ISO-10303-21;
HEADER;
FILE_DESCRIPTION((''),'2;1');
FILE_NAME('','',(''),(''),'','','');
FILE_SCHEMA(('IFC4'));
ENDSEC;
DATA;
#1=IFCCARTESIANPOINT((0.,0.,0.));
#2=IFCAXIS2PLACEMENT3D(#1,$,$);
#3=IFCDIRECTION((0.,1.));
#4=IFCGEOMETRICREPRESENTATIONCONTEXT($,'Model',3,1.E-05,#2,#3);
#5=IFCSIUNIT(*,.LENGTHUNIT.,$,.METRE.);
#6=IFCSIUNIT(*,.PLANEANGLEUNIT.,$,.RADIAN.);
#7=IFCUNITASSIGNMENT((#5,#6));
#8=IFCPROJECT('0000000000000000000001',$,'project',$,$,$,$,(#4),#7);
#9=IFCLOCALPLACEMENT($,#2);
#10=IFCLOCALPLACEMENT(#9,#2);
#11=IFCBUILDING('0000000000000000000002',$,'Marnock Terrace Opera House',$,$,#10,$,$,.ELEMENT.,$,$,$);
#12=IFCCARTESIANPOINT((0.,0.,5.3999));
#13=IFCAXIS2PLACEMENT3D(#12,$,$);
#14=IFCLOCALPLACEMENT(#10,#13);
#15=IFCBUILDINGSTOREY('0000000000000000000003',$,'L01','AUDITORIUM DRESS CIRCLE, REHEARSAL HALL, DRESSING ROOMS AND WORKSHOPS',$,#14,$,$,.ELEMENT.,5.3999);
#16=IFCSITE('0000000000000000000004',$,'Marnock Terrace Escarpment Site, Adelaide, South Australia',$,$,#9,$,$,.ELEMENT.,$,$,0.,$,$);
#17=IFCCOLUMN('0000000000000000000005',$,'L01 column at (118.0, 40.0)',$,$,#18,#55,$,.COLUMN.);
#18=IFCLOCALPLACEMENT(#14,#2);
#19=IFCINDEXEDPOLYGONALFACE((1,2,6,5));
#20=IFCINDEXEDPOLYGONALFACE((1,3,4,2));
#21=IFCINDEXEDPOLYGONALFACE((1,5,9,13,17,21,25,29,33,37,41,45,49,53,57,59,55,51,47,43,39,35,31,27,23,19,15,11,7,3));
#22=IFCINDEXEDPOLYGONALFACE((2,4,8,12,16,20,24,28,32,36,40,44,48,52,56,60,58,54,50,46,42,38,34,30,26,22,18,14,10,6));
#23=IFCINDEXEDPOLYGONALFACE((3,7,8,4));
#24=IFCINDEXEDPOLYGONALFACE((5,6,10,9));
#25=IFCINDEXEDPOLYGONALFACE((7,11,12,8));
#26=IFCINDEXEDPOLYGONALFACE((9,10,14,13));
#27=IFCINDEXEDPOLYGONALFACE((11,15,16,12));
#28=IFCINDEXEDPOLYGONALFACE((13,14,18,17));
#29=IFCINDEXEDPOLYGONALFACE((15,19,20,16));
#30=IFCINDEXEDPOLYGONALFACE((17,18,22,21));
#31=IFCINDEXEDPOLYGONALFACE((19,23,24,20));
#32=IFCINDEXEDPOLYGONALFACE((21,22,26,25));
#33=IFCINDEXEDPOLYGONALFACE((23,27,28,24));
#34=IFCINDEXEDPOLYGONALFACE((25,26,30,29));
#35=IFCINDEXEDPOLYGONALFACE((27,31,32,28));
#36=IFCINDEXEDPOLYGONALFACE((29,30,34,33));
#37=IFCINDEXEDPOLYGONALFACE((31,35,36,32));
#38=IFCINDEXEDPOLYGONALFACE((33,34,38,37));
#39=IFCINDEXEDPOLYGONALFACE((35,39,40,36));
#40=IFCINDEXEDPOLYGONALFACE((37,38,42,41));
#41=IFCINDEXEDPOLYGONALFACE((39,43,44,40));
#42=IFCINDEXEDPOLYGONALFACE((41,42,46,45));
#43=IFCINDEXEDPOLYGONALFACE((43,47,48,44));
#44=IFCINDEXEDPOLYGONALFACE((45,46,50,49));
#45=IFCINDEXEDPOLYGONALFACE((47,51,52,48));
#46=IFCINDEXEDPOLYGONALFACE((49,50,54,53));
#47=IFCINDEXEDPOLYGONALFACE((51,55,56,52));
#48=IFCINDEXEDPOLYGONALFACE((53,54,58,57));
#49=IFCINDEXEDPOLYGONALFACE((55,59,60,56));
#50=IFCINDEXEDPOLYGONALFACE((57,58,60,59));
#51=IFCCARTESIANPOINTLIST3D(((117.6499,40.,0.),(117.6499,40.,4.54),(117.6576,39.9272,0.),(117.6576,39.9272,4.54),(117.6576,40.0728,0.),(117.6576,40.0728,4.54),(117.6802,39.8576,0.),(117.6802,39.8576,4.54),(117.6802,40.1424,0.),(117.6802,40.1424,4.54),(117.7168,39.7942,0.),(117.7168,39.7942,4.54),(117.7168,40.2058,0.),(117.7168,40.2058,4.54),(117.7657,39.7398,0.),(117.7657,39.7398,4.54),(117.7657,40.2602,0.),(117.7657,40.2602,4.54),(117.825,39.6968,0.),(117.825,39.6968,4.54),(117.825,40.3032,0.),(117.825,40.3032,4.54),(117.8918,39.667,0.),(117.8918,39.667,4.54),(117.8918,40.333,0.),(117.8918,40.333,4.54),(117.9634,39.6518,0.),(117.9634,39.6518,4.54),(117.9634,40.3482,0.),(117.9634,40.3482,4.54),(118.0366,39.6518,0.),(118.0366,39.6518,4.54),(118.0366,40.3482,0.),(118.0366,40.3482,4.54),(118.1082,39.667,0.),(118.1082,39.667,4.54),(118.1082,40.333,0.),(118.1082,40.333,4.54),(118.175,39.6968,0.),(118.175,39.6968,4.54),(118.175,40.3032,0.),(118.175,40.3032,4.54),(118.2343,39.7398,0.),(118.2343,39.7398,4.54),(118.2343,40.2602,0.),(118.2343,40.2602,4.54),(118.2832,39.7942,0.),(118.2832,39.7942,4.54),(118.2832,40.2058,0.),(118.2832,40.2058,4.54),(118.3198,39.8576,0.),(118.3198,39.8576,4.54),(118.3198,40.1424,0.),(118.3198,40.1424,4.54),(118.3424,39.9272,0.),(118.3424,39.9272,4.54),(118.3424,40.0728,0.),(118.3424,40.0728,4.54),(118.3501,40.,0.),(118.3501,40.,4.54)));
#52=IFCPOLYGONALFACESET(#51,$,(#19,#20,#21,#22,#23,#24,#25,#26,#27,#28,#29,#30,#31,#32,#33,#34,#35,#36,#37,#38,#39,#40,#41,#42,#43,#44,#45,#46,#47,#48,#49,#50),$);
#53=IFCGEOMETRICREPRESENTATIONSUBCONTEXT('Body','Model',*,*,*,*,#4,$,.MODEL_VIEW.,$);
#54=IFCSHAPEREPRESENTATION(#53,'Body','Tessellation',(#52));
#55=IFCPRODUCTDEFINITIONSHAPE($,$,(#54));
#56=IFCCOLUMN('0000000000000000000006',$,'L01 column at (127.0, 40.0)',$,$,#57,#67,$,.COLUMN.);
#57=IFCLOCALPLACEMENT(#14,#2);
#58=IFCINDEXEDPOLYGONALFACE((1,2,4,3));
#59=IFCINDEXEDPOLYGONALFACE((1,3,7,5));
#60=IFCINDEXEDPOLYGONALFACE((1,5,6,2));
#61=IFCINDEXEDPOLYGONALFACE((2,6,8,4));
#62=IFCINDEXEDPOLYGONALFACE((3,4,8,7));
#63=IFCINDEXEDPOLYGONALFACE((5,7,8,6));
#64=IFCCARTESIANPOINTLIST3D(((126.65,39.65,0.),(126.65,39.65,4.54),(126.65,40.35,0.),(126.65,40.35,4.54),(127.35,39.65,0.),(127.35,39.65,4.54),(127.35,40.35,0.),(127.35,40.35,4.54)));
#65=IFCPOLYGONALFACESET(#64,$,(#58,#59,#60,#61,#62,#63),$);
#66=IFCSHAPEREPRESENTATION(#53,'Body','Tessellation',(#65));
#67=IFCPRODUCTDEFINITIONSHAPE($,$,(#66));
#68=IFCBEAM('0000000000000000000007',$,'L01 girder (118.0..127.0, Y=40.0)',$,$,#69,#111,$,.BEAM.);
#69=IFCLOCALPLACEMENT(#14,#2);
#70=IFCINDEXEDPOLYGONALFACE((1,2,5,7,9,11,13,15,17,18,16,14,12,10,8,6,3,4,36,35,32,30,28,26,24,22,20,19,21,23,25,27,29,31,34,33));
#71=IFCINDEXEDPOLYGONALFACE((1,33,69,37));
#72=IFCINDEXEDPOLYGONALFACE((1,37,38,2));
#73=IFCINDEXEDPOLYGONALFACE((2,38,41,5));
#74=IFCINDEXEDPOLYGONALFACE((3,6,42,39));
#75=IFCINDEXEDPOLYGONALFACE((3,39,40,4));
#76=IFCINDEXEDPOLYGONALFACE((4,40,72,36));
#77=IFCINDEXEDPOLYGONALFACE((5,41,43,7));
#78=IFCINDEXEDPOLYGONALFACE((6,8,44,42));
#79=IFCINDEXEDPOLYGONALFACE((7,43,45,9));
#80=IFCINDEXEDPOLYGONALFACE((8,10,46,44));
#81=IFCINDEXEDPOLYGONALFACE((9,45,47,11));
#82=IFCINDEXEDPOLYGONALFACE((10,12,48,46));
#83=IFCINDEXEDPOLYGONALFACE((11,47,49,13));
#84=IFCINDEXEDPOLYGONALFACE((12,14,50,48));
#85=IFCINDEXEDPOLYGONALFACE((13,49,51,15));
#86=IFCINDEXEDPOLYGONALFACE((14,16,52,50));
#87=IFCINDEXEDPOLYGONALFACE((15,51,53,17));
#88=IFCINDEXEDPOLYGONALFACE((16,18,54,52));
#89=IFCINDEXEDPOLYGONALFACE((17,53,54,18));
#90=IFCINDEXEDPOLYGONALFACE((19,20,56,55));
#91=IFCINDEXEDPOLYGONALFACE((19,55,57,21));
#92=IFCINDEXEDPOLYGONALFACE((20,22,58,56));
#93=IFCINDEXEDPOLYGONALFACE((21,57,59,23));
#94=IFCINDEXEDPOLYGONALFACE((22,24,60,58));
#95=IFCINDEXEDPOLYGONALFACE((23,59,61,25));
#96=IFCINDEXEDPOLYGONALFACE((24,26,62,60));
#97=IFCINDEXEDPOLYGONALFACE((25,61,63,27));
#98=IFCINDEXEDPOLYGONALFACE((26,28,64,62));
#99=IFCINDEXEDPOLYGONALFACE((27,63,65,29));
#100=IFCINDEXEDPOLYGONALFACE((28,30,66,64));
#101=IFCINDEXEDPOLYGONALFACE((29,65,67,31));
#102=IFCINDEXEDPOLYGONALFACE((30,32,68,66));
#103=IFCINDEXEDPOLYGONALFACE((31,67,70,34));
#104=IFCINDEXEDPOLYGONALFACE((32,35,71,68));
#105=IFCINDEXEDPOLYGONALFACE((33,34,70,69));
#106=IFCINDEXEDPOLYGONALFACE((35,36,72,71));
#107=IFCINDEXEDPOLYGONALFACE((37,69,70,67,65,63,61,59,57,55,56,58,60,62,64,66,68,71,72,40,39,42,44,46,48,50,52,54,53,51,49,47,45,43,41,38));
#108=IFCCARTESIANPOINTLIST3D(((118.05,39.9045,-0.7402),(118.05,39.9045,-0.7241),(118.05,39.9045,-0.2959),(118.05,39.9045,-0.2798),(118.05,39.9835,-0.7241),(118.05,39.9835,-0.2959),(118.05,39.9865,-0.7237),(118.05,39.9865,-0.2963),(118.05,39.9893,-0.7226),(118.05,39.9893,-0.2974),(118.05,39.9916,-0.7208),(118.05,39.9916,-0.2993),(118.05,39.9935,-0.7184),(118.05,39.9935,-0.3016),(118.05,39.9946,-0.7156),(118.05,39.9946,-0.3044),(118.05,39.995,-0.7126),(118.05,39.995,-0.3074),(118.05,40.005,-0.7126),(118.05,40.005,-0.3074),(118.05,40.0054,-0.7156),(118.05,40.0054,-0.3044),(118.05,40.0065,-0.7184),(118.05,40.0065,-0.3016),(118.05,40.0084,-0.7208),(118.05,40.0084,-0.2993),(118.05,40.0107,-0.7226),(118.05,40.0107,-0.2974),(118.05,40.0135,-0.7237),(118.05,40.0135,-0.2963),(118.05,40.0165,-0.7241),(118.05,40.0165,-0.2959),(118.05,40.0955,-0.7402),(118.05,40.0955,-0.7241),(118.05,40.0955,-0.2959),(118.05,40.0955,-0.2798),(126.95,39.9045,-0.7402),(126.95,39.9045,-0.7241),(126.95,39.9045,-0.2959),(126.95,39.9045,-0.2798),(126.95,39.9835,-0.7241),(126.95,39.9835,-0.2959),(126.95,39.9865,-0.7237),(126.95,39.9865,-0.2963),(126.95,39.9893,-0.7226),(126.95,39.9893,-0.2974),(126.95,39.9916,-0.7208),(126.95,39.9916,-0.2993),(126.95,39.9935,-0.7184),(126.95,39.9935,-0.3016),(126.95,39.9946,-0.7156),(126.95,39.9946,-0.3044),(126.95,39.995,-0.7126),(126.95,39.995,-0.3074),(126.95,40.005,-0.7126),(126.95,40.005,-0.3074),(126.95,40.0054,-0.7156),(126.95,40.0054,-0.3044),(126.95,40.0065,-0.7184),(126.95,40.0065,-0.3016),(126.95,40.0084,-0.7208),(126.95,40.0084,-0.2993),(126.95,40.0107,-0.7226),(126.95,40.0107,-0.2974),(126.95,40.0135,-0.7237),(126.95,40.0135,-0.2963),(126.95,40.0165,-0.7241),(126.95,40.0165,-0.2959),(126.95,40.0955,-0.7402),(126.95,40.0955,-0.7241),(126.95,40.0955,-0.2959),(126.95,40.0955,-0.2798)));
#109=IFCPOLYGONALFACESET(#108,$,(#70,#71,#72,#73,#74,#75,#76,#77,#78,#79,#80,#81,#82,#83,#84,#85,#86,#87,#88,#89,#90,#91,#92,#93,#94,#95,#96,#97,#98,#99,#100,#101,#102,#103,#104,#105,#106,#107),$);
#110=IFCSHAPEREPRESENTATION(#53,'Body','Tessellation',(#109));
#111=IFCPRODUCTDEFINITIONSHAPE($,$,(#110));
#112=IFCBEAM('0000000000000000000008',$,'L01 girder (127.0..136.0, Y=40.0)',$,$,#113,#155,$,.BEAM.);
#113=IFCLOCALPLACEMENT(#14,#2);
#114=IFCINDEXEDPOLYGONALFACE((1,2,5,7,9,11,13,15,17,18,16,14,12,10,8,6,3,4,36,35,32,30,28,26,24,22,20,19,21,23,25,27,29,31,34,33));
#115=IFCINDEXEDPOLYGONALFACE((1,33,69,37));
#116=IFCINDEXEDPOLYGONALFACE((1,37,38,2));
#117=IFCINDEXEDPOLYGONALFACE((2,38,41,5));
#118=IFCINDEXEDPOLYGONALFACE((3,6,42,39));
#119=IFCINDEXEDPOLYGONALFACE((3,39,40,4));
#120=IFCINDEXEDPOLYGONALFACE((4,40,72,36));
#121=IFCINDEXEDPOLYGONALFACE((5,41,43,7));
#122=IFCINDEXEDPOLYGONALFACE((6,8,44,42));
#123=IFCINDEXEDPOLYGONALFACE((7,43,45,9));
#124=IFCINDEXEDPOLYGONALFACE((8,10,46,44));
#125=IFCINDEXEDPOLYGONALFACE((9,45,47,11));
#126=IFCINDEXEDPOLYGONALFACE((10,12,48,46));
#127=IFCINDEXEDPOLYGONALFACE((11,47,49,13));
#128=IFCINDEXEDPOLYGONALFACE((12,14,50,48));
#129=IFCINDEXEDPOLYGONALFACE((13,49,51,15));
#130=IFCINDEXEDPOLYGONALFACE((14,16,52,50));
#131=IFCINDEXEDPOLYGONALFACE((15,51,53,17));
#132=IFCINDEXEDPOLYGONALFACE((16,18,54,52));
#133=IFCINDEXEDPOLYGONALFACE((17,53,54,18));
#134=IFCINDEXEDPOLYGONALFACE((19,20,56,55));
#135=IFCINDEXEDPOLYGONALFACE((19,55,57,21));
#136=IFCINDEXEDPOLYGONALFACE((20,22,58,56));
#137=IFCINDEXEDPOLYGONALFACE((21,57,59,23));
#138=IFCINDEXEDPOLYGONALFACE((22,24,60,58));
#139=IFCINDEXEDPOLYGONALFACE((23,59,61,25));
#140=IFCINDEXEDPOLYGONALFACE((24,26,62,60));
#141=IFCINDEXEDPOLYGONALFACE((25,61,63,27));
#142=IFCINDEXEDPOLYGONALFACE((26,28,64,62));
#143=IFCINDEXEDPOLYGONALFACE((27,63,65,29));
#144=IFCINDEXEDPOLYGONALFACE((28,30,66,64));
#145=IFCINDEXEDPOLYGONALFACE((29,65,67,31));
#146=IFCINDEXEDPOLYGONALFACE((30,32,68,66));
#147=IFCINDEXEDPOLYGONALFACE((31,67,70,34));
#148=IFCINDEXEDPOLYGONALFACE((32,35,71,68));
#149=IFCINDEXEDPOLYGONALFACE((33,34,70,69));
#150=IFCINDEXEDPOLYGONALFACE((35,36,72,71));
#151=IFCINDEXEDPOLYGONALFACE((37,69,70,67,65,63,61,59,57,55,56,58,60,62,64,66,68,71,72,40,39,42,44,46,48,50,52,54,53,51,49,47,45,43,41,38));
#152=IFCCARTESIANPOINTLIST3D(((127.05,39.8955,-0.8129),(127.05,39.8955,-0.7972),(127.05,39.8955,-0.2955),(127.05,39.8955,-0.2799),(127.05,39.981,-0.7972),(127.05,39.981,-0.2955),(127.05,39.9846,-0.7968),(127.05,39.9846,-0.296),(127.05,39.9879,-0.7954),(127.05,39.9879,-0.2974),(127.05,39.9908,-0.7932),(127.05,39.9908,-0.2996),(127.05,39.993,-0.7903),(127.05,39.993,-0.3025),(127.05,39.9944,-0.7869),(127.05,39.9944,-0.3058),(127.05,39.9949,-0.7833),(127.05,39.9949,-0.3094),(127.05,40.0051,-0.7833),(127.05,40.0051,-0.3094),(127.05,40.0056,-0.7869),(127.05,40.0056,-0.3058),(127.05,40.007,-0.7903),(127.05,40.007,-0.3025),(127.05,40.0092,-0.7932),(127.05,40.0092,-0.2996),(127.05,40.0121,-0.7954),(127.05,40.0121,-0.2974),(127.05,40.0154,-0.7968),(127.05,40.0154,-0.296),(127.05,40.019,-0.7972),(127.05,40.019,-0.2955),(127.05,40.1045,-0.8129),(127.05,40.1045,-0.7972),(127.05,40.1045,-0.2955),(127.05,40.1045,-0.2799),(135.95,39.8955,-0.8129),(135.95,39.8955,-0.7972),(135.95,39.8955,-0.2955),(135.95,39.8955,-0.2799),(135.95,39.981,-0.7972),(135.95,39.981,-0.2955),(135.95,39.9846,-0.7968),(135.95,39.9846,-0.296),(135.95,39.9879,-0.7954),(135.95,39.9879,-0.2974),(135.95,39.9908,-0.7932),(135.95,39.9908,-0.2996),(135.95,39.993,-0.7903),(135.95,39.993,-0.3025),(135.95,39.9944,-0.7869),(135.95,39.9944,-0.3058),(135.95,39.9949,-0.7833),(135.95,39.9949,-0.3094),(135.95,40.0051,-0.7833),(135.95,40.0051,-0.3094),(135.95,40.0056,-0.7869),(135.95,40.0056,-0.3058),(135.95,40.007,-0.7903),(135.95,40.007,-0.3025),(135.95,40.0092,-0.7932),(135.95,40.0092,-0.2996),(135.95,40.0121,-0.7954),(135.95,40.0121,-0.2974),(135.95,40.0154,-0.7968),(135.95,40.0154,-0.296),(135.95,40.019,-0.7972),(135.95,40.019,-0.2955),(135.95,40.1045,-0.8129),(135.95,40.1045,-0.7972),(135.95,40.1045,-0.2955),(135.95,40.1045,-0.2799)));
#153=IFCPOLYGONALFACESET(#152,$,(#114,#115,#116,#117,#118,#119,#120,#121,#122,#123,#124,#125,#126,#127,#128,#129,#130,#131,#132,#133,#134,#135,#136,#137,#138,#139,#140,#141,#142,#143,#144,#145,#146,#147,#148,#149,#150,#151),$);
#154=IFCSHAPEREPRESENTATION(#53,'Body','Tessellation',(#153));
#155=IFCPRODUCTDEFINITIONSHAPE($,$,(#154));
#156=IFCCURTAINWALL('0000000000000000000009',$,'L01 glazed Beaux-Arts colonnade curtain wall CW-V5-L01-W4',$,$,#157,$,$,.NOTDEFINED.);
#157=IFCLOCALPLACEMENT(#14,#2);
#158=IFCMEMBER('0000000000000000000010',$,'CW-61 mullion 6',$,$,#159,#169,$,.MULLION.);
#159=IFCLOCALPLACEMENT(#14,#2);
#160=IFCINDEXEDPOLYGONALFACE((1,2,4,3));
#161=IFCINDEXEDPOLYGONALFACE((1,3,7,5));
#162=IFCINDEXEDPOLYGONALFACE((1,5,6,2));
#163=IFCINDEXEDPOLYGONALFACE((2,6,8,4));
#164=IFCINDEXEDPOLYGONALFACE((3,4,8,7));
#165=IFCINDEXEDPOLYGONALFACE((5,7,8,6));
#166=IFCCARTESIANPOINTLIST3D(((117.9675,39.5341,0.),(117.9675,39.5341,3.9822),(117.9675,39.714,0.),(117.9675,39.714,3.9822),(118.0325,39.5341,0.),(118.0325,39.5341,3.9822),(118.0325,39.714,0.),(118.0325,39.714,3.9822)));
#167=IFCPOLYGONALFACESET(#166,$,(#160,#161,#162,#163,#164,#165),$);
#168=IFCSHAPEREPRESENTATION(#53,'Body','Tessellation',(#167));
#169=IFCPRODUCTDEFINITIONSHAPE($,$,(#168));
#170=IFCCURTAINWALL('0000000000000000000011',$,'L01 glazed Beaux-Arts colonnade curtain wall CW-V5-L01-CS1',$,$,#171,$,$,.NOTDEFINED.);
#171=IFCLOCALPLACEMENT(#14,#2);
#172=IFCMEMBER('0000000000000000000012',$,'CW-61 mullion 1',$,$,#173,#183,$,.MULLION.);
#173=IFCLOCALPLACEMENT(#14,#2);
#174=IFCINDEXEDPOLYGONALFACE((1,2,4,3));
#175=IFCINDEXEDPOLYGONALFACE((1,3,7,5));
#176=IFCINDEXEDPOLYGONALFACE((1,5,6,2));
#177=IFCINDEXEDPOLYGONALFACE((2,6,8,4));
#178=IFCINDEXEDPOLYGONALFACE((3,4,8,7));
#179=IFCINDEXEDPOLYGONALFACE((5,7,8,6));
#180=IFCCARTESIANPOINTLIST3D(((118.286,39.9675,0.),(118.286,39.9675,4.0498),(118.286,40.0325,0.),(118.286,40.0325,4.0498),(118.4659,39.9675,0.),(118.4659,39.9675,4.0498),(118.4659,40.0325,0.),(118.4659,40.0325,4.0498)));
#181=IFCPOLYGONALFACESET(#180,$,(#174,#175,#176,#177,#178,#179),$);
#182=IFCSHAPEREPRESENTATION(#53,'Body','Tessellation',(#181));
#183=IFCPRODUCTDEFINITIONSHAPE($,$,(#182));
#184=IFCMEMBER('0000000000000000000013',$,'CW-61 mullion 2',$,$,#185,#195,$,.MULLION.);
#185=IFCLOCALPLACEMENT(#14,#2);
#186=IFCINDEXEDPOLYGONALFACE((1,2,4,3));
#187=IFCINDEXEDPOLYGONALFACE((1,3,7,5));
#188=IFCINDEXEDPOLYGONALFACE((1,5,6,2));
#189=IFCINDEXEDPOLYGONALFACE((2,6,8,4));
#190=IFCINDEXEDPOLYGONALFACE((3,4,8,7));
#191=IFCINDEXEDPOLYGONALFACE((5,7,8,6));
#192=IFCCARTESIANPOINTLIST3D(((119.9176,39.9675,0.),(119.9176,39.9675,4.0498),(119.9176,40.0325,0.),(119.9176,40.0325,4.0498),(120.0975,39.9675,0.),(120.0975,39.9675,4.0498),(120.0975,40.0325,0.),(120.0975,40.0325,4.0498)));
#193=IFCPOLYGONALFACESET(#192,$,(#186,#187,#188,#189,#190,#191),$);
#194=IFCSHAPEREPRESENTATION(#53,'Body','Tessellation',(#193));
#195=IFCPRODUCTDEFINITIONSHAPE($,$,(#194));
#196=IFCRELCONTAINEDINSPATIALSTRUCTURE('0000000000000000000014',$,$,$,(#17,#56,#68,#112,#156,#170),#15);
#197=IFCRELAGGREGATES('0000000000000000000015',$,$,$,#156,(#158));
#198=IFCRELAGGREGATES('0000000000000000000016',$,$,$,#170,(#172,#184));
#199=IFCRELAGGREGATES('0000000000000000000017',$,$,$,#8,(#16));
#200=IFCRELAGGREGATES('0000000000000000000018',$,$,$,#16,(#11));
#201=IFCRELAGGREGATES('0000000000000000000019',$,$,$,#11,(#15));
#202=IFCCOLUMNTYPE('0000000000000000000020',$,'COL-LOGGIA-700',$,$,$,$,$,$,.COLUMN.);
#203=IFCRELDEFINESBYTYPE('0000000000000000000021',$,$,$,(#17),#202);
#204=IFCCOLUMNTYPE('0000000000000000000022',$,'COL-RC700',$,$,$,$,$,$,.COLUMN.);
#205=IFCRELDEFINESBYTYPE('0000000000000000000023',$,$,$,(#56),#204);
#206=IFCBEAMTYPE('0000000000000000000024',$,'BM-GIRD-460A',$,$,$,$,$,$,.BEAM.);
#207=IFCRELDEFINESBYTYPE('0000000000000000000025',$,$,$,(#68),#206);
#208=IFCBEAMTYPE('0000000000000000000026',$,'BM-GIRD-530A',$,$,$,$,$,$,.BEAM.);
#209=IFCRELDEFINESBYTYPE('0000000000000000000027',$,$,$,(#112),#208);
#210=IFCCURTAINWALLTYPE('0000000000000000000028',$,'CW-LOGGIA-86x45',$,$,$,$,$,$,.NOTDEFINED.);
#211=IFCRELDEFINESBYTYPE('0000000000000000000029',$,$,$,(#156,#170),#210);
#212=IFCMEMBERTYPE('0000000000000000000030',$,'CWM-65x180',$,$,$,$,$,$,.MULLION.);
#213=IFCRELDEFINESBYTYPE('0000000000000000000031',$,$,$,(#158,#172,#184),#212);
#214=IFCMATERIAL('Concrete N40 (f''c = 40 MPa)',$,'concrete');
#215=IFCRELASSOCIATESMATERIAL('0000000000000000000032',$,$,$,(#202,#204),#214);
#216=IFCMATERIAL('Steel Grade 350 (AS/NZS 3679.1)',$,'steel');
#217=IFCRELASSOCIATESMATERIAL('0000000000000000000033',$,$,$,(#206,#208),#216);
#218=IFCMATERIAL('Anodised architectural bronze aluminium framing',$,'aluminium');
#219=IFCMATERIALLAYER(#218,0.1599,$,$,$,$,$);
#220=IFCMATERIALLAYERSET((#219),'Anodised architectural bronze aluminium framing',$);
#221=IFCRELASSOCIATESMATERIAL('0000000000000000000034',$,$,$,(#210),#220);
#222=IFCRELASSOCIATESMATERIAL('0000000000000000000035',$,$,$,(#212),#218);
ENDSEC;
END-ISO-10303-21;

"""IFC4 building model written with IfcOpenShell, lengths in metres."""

from ifc_helpers import new_model, si_unit, direction, frame, origin, origin_2d, place, context, subcontext, project, spatial, rectangle, circle, i_section, extrude, material, layer, layer_set, material_profile, profile_set, type_object, element, aggregate, save


model = new_model("IFC4")

# Units and contexts
model_context = context("Model", 3, precision=1e-05, world=origin(), true_north=direction((0.0, 1.0)))
body_context = subcontext(model_context, "Body", "Model", "MODEL_VIEW")
ifc_project = project(units=[si_unit("LENGTHUNIT", "METRE"), si_unit("PLANEANGLEUNIT", "RADIAN")], contexts=[model_context])

# Site, building, storey
site_placement = place(None, origin())
site = spatial("IfcSite", under=ifc_project, at=site_placement, Name="Marnock Terrace Escarpment Site, Adelaide, South Australia", CompositionType="ELEMENT", RefElevation=0.0)
building_placement = place(site_placement, origin())
building = spatial("IfcBuilding", under=site, at=building_placement, Name="Marnock Terrace Opera House", CompositionType="ELEMENT")
storey_placement = place(building_placement, frame((0.0, 0.0, 5.3999)))
storey = spatial("IfcBuildingStorey", under=building, at=storey_placement, Name="L01", Description="AUDITORIUM DRESS CIRCLE, REHEARSAL HALL, DRESSING ROOMS AND WORKSHOPS", CompositionType="ELEMENT", Elevation=5.3999)

# Columns
ifc_material_1 = material(Name="Concrete N40 (f'c = 40 MPa)", Category="concrete")
ifc_material_profile_1 = material_profile(ifc_material_1, circle(Radius=0.3501, at=origin_2d()))
ifc_profile_set_1 = profile_set([ifc_material_profile_1], Name="Concrete N40 (f'c = 40 MPa)")
column_type_1 = type_object("IfcColumnType", Name="COL-LOGGIA-700", PredefinedType="COLUMN", material=ifc_profile_set_1)
column_1_placement = place(storey_placement, frame((118.0, 40.0, 0.0), z_axis=(0.0, 0.0, 1.0), x_axis=(1.0, 0.0, 0.0)))
element("IfcColumn", 1, at=column_1_placement, inside=storey, type_object=column_type_1, Name="L01 column at (118.0, 40.0)", PredefinedType="COLUMN", context=body_context, shape_type="SweptSolid", body=[
    extrude(circle(Radius=0.3501, at=origin_2d()), origin(), (0.0, 0.0, 1.0), 4.54),
])
ifc_material_profile_2 = material_profile(ifc_material_1, rectangle(XDim=0.7, YDim=0.7, at=origin_2d()))
ifc_profile_set_2 = profile_set([ifc_material_profile_2], Name="Concrete N40 (f'c = 40 MPa)")
column_type_2 = type_object("IfcColumnType", Name="COL-RC700", PredefinedType="COLUMN", material=ifc_profile_set_2)
column_2_placement = place(storey_placement, frame((127.0, 40.0, 0.0), z_axis=(0.0, 0.0, 1.0), x_axis=(1.0, 0.0, 0.0)))
element("IfcColumn", 2, at=column_2_placement, inside=storey, type_object=column_type_2, Name="L01 column at (127.0, 40.0)", PredefinedType="COLUMN", context=body_context, shape_type="SweptSolid", body=[
    extrude(rectangle(XDim=0.7, YDim=0.7, at=origin_2d()), origin(), (0.0, 0.0, 1.0), 4.54),
])

# Beams
ifc_material_2 = material(Name="Steel Grade 350 (AS/NZS 3679.1)", Category="steel")
ifc_material_profile_3 = material_profile(ifc_material_2, i_section(OverallWidth=0.1909, OverallDepth=0.4604, WebThickness=0.01, FlangeThickness=0.0161, FilletRadius=0.0115, at=origin_2d()))
ifc_profile_set_3 = profile_set([ifc_material_profile_3], Name="Steel Grade 350 (AS/NZS 3679.1)")
beam_type_1 = type_object("IfcBeamType", Name="BM-GIRD-460A", PredefinedType="BEAM", material=ifc_profile_set_3)
beam_1_placement = place(storey_placement, frame((118.05, 40.0, -0.51), z_axis=(1.0, 0.0, 0.0), x_axis=(0.0, 1.0, 0.0)))
element("IfcBeam", 3, at=beam_1_placement, inside=storey, type_object=beam_type_1, Name="L01 girder (118.0..127.0, Y=40.0)", PredefinedType="BEAM", context=body_context, shape_type="SweptSolid", body=[
    extrude(i_section(OverallWidth=0.1909, OverallDepth=0.4604, WebThickness=0.01, FlangeThickness=0.0161, FilletRadius=0.0115, at=origin_2d()), origin(), (0.0, 0.0, 1.0), 8.8999),
])
ifc_material_profile_4 = material_profile(ifc_material_2, i_section(OverallWidth=0.209, OverallDepth=0.533, WebThickness=0.0103, FlangeThickness=0.0156, FilletRadius=0.0139, at=origin_2d()))
ifc_profile_set_4 = profile_set([ifc_material_profile_4], Name="Steel Grade 350 (AS/NZS 3679.1)")
beam_type_2 = type_object("IfcBeamType", Name="BM-GIRD-530A", PredefinedType="BEAM", material=ifc_profile_set_4)
beam_2_placement = place(storey_placement, frame((127.05, 40.0, -0.5464), z_axis=(1.0, 0.0, 0.0), x_axis=(0.0, 1.0, 0.0)))
element("IfcBeam", 4, at=beam_2_placement, inside=storey, type_object=beam_type_2, Name="L01 girder (127.0..136.0, Y=40.0)", PredefinedType="BEAM", context=body_context, shape_type="SweptSolid", body=[
    extrude(i_section(OverallWidth=0.209, OverallDepth=0.533, WebThickness=0.0103, FlangeThickness=0.0156, FilletRadius=0.0139, at=origin_2d()), origin(), (0.0, 0.0, 1.0), 8.8999),
])

# Curtain wall, member
ifc_material_3 = material(Name="Anodised architectural bronze aluminium framing", Category="aluminium")
ifc_layer_1 = layer(ifc_material_3, 0.1599)
ifc_layer_set_1 = layer_set([ifc_layer_1], Name="Anodised architectural bronze aluminium framing")
curtain_wall_type = type_object("IfcCurtainWallType", Name="CW-LOGGIA-86x45", PredefinedType="NOTDEFINED", material=ifc_layer_set_1)
curtain_wall_1_placement = place(storey_placement, origin())
curtain_wall_1 = element("IfcCurtainWall", 5, at=curtain_wall_1_placement, inside=storey, type_object=curtain_wall_type, Name="L01 glazed Beaux-Arts colonnade curtain wall CW-V5-L01-W4", PredefinedType="NOTDEFINED")
ifc_material_profile_5 = material_profile(ifc_material_3, rectangle(XDim=0.0649, YDim=0.1799, at=origin_2d()))
ifc_profile_set_5 = profile_set([ifc_material_profile_5], Name="Anodised architectural bronze aluminium framing")
member_type_1 = type_object("IfcMemberType", Name="CWM-65x180", PredefinedType="MULLION", material=ifc_profile_set_5)
member_1_placement = place(storey_placement, frame((118.0, 39.624, 0.0), z_axis=(0.0, 0.0, 1.0), x_axis=(-1.0, 0.0, 0.0)))
member_1 = element("IfcMember", 6, at=member_1_placement, type_object=member_type_1, Name="CW-61 mullion 6", PredefinedType="MULLION", context=body_context, shape_type="SweptSolid", body=[
    extrude(rectangle(XDim=0.0649, YDim=0.1799, at=origin_2d()), origin(), (0.0, 0.0, 1.0), 3.9822),
])

# Curtain wall, members
curtain_wall_2_placement = place(storey_placement, origin())
curtain_wall_2 = element("IfcCurtainWall", 7, at=curtain_wall_2_placement, inside=storey, type_object=curtain_wall_type, Name="L01 glazed Beaux-Arts colonnade curtain wall CW-V5-L01-CS1", PredefinedType="NOTDEFINED")
member_2_placement = place(storey_placement, frame((118.376, 40.0, 0.0), z_axis=(0.0, 0.0, 1.0), x_axis=(0.0, 1.0, 0.0)))
member_2 = element("IfcMember", 8, at=member_2_placement, type_object=member_type_1, Name="CW-61 mullion 1", PredefinedType="MULLION", context=body_context, shape_type="SweptSolid", body=[
    extrude(rectangle(XDim=0.0649, YDim=0.1799, at=origin_2d()), origin(), (0.0, 0.0, 1.0), 4.0498),
])
member_3_placement = place(storey_placement, frame((120.0076, 40.0, 0.0), z_axis=(0.0, 0.0, 1.0), x_axis=(0.0, 1.0, 0.0)))
member_3 = element("IfcMember", 9, at=member_3_placement, type_object=member_type_1, Name="CW-61 mullion 2", PredefinedType="MULLION", context=body_context, shape_type="SweptSolid", body=[
    extrude(rectangle(XDim=0.0649, YDim=0.1799, at=origin_2d()), origin(), (0.0, 0.0, 1.0), 4.0498),
])

aggregate(curtain_wall_1, [member_1])
aggregate(curtain_wall_2, [member_2, member_3])

save(model, "model.ifc")
